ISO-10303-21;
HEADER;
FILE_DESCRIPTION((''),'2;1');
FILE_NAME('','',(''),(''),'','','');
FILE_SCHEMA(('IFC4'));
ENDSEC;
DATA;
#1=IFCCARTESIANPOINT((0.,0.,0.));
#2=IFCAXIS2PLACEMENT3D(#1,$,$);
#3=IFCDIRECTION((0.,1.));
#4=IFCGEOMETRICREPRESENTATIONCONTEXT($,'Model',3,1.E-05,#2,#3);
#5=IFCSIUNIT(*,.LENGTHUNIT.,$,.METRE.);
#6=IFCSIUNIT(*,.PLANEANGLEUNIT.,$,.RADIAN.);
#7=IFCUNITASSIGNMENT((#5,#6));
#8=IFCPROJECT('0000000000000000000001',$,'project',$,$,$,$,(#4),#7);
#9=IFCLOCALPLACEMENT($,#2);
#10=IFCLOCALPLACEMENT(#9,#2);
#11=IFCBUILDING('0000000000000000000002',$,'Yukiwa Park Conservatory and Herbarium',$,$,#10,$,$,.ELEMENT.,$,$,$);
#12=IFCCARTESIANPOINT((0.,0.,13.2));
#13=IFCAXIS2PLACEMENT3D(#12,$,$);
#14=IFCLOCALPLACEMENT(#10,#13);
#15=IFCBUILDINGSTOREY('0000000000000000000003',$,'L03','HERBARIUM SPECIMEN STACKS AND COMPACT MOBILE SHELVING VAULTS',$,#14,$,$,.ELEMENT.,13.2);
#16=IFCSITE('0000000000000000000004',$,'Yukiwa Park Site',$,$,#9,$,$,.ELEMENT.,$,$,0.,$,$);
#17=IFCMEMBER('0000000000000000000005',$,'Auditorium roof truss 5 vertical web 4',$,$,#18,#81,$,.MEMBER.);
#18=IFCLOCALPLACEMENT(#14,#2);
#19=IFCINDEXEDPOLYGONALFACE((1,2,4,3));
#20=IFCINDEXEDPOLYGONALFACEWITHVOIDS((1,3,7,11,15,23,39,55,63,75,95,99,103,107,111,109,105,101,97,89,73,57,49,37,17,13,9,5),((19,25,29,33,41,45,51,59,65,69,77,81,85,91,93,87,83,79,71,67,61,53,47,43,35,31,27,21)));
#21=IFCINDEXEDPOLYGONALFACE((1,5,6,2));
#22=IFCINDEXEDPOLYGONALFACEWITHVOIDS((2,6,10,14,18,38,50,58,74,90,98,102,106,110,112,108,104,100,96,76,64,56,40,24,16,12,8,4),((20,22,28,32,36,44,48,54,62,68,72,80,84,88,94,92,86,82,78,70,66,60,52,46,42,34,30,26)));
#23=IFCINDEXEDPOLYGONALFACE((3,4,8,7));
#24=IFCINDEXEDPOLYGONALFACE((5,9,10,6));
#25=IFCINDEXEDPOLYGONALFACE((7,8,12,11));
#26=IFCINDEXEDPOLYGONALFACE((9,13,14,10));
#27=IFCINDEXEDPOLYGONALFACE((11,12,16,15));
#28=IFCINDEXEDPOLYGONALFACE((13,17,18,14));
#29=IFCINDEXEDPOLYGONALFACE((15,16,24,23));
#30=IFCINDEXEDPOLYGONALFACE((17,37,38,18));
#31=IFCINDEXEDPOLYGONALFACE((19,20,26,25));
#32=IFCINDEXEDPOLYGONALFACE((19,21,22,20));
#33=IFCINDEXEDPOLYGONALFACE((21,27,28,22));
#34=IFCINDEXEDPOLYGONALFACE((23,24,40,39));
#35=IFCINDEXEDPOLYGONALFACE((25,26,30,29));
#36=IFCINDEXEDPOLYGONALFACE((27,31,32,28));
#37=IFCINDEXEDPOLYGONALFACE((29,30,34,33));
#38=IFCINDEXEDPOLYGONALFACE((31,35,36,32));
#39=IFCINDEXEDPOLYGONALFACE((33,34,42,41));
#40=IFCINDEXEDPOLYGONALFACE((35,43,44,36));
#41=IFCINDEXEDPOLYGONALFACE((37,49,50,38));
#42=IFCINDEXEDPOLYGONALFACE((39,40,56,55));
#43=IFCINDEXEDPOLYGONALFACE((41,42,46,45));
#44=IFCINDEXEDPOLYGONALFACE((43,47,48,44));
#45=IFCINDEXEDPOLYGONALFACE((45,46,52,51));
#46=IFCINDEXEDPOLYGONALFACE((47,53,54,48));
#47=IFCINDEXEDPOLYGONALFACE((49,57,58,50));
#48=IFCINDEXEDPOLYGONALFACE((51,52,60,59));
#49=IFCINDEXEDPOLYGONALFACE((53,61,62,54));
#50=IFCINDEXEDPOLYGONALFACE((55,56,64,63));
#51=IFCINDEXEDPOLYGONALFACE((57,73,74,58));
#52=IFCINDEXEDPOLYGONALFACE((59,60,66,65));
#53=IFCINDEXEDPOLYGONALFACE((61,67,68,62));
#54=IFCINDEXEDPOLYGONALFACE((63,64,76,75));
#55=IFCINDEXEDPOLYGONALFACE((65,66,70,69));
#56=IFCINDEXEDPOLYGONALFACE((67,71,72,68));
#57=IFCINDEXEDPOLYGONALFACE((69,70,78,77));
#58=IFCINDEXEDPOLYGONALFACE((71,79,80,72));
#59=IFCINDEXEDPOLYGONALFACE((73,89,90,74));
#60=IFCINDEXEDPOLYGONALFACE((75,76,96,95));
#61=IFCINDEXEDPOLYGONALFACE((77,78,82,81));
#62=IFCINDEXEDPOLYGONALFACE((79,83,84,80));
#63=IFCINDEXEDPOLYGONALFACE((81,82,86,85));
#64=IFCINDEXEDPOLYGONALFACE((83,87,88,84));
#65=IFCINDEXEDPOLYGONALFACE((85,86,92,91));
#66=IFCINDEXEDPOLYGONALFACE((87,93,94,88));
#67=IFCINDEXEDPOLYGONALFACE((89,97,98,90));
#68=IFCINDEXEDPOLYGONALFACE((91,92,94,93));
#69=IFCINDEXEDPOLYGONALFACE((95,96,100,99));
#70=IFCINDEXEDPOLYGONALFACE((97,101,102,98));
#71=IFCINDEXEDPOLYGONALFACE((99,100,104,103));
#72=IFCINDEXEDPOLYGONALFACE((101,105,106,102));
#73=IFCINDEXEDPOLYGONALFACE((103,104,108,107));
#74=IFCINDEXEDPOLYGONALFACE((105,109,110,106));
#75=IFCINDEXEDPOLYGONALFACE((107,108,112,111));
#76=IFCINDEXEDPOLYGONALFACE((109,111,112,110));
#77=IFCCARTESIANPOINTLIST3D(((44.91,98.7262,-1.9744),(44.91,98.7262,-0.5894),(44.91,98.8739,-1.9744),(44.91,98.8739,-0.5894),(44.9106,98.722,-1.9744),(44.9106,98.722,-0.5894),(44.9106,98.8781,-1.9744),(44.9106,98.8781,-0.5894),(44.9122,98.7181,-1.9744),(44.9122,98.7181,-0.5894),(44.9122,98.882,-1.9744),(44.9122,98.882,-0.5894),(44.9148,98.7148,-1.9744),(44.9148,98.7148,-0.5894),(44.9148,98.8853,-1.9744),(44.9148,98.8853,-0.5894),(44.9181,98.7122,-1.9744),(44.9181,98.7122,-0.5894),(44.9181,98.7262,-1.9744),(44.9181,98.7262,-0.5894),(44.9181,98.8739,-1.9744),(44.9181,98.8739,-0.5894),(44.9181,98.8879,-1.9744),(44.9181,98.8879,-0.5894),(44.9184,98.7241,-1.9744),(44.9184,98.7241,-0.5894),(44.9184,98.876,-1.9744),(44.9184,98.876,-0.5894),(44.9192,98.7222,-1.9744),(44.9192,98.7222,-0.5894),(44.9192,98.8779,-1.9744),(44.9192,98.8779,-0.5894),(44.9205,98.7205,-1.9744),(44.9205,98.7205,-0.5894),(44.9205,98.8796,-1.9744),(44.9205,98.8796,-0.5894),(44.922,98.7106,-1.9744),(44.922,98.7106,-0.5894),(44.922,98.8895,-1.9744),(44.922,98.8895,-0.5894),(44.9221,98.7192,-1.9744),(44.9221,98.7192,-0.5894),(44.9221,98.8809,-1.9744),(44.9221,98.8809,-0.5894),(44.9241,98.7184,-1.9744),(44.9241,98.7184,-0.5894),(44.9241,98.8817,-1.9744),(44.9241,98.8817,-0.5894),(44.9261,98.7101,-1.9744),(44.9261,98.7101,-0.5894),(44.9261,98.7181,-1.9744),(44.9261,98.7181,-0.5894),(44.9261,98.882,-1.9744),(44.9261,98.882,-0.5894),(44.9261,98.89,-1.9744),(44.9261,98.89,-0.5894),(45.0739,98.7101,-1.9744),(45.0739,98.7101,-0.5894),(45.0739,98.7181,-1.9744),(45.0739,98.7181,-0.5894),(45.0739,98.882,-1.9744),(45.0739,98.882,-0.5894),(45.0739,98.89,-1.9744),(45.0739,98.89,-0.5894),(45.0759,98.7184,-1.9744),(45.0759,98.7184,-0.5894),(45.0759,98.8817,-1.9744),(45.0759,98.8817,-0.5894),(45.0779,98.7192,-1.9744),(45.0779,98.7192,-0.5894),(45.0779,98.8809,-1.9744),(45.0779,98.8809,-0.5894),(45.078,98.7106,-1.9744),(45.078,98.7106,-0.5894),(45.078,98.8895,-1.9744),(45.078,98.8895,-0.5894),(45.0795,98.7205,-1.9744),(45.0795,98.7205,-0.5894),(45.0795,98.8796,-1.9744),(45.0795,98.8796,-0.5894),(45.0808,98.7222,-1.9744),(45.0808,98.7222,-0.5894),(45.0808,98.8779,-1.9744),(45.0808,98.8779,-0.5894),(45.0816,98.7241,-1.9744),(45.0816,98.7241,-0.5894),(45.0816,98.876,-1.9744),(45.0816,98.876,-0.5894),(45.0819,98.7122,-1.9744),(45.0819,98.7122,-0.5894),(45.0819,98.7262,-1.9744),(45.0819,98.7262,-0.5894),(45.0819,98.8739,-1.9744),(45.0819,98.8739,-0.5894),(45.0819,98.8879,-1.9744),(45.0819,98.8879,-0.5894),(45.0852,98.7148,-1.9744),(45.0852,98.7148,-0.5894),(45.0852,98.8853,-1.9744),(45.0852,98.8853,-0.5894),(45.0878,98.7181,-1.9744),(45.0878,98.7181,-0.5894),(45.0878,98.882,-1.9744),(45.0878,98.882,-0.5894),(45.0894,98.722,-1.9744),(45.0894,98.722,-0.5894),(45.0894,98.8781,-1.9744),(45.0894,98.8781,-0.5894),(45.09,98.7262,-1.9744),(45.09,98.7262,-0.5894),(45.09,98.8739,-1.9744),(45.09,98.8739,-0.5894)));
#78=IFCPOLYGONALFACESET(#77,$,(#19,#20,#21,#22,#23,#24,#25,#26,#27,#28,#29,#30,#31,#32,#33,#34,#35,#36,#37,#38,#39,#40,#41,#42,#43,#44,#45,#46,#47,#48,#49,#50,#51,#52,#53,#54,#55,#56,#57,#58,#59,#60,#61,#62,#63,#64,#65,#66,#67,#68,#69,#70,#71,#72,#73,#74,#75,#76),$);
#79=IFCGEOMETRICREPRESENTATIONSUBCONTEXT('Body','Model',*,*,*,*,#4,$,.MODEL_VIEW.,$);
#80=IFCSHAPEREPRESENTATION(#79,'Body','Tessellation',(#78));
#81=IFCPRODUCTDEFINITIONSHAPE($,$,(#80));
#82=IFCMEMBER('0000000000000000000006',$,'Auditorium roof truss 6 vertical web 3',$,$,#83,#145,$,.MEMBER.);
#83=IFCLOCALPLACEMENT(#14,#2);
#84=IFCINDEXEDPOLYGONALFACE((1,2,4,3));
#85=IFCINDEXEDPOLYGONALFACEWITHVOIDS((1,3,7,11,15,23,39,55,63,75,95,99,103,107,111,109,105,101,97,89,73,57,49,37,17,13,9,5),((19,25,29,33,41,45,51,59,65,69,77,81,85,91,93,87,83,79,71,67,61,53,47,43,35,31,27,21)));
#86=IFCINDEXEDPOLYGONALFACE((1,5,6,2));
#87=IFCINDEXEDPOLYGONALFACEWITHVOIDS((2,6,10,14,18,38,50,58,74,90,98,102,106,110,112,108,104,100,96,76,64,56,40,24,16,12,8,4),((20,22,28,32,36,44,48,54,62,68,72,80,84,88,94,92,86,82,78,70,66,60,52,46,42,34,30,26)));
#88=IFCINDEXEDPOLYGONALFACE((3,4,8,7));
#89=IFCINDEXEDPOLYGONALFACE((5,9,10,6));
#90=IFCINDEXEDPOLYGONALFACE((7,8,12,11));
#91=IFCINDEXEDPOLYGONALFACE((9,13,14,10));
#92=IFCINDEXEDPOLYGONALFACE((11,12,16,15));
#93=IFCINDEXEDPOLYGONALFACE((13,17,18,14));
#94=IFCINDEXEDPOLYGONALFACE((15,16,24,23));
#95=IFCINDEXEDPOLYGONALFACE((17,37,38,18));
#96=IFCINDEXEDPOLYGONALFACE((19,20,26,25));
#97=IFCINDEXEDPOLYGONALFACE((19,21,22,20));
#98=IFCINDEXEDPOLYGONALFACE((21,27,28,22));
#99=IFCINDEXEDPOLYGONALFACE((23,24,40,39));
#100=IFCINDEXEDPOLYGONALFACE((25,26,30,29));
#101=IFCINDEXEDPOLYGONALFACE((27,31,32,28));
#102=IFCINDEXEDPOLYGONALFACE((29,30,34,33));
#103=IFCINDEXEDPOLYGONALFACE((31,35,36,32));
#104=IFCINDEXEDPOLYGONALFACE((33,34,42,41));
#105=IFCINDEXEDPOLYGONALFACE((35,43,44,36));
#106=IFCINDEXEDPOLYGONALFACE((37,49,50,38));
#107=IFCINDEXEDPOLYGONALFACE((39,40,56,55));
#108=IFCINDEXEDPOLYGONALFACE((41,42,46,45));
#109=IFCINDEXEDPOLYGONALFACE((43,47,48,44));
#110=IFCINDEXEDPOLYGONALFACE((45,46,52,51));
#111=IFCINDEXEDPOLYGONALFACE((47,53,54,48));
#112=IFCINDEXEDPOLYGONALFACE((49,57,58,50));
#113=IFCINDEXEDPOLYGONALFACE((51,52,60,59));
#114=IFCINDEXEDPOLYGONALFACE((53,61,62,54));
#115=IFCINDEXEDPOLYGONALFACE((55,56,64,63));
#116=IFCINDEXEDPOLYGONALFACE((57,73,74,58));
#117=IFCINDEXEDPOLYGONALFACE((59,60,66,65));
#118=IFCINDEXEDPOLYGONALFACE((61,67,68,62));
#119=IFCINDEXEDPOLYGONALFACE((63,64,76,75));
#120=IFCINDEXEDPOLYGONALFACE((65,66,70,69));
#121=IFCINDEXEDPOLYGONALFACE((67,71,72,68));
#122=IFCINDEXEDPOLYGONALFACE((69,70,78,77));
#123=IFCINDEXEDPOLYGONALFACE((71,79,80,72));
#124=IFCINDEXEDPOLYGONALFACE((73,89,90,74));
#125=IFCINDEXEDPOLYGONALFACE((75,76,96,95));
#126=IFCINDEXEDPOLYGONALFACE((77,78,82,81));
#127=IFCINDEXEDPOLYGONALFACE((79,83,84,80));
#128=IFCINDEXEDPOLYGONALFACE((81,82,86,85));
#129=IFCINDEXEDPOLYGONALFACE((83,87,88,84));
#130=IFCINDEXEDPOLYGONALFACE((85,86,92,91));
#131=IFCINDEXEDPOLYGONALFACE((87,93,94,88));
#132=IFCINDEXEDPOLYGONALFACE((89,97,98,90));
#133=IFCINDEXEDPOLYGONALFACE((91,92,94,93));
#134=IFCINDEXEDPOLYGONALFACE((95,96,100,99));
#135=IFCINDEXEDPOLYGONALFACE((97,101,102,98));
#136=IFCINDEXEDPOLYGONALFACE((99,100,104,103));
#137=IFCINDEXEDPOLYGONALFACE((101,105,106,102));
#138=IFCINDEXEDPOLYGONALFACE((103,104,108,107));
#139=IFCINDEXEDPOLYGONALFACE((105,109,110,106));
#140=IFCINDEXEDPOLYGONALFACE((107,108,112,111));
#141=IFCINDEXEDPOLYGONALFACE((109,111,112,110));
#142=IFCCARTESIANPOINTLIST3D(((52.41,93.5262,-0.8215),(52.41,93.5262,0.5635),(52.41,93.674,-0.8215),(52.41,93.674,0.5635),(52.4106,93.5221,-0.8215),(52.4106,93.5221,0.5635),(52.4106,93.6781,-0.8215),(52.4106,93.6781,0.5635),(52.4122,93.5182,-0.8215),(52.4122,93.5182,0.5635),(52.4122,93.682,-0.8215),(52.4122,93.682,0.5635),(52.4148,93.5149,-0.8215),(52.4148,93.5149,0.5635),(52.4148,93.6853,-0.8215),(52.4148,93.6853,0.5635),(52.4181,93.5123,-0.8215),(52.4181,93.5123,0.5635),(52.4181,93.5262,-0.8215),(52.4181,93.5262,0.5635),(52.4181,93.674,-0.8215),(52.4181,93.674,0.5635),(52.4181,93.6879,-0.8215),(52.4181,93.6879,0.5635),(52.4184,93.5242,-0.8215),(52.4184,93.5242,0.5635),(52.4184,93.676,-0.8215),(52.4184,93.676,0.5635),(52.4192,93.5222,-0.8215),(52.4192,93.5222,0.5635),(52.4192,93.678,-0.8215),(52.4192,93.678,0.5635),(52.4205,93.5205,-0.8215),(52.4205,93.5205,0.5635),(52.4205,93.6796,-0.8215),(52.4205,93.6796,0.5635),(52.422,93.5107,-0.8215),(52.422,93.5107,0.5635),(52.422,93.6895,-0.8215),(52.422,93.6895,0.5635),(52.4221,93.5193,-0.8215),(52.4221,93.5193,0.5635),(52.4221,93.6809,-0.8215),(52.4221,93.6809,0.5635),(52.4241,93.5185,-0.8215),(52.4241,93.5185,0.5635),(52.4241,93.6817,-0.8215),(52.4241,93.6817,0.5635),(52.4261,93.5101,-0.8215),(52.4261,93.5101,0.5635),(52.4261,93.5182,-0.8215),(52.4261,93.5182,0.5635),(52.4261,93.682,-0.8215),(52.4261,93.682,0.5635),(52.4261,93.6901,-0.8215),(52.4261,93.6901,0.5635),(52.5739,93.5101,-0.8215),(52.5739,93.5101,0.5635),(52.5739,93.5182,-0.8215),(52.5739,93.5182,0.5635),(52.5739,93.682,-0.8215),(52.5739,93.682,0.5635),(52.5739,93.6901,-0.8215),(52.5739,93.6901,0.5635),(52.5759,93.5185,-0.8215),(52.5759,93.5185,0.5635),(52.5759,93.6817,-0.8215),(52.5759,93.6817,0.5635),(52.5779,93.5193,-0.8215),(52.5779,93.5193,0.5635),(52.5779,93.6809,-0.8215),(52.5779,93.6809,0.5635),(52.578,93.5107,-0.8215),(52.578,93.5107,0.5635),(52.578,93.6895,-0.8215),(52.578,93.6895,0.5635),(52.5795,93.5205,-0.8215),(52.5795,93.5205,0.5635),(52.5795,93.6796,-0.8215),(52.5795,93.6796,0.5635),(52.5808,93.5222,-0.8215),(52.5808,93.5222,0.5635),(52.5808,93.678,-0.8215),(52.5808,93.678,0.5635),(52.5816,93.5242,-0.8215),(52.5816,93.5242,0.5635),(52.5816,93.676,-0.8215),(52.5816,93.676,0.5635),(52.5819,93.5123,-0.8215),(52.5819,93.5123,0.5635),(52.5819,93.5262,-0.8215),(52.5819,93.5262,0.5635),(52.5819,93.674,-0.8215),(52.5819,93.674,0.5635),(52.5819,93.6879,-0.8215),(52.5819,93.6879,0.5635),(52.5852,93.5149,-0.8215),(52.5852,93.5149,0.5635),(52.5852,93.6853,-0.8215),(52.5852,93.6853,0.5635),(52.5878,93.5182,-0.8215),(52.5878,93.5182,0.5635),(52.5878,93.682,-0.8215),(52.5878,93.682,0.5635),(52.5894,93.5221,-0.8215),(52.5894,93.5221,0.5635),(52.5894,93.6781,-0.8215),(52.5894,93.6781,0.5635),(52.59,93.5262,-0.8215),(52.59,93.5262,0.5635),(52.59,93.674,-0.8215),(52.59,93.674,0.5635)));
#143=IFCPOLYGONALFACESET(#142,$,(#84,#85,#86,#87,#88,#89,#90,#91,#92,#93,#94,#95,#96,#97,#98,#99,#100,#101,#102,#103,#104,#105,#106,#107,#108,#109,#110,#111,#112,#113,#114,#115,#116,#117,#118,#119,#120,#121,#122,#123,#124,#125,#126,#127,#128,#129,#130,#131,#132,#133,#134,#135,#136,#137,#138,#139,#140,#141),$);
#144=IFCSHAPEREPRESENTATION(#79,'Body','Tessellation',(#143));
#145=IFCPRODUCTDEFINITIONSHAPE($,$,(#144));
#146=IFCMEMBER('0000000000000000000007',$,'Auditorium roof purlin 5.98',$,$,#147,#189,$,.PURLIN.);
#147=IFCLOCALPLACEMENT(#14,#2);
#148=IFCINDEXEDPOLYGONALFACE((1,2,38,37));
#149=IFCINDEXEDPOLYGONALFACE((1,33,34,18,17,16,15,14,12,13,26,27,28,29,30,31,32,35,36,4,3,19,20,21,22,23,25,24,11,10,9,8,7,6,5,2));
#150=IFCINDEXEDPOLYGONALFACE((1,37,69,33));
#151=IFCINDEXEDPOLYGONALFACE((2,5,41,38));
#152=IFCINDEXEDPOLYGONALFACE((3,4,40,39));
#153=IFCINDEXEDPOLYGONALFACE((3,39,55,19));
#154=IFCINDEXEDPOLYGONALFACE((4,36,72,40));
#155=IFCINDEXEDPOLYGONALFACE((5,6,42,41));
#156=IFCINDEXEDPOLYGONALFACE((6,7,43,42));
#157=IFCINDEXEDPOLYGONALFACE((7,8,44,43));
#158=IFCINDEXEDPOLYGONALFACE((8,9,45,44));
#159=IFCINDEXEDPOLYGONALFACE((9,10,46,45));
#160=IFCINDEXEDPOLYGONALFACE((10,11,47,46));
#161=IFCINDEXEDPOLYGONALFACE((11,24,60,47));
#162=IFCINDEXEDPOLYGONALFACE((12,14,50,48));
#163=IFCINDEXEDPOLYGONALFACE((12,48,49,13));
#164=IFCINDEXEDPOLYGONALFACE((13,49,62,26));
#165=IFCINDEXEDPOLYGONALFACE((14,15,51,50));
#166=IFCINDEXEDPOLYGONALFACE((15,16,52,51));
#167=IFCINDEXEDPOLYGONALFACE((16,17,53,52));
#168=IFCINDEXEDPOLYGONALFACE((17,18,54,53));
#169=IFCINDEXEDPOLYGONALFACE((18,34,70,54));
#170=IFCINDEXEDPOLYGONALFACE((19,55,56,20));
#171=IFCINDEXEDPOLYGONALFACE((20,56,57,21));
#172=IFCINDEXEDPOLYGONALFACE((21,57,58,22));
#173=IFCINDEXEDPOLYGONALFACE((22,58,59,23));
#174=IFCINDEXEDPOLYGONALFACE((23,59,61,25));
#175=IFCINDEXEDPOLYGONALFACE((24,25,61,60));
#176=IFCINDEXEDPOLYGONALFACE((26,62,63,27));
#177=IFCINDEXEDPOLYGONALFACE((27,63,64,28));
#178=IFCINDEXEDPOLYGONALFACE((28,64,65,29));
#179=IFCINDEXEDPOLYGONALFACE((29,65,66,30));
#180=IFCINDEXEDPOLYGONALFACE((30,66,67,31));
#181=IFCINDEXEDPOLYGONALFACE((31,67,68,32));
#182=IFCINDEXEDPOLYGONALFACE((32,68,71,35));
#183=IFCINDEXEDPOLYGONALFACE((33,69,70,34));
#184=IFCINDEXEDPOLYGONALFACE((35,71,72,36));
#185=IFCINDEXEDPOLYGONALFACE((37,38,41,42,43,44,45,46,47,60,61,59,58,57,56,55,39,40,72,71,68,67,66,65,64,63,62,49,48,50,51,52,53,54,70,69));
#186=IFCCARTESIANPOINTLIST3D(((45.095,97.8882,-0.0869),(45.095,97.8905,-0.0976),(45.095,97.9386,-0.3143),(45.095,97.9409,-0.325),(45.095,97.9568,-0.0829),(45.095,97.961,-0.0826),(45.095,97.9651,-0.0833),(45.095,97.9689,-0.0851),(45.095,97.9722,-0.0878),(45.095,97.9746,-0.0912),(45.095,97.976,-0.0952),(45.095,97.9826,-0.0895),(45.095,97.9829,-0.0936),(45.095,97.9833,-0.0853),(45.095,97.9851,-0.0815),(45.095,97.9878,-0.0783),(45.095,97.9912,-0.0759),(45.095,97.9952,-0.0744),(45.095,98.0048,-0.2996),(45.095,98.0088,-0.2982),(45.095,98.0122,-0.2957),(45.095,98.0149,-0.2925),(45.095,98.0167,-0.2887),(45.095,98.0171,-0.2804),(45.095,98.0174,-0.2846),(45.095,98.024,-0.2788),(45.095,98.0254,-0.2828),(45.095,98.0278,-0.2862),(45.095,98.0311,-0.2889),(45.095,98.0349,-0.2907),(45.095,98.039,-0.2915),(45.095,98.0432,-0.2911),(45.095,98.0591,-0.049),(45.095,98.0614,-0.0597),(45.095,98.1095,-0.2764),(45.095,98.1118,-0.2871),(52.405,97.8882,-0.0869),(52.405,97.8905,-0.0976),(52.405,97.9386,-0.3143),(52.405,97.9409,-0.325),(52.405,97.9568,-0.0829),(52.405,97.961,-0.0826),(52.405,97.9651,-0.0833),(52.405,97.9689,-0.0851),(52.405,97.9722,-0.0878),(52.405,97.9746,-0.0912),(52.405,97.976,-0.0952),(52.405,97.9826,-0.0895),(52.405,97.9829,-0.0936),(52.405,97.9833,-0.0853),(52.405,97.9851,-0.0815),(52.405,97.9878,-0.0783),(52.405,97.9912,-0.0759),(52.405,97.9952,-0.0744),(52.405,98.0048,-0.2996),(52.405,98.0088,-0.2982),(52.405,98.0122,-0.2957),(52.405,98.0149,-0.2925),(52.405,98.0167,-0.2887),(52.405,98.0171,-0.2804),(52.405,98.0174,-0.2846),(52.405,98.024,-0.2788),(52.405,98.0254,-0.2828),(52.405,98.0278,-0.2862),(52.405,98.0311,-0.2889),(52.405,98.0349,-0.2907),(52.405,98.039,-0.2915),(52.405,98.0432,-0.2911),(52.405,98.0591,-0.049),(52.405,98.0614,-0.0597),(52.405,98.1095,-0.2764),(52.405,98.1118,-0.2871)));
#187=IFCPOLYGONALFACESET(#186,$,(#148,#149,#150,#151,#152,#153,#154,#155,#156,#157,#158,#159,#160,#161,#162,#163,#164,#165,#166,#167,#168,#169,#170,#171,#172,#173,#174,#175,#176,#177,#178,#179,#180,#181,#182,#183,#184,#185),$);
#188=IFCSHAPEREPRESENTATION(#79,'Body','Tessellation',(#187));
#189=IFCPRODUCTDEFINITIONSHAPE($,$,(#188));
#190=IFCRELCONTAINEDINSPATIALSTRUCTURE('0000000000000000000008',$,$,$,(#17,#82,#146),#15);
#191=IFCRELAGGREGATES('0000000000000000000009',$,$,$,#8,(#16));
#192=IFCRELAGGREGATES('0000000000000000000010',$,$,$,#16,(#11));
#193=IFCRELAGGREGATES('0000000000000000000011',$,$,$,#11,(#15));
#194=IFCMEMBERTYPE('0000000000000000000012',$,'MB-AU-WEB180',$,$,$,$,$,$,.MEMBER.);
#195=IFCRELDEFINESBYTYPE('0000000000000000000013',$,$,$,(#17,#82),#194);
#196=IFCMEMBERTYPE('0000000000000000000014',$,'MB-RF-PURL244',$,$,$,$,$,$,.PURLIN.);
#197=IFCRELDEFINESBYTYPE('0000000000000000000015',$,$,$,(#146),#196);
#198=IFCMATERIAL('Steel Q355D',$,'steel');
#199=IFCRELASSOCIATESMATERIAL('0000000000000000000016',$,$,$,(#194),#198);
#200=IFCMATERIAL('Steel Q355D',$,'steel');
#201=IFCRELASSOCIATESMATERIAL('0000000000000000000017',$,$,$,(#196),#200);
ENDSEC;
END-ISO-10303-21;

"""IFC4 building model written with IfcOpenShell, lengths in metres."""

from ifc_helpers import new_model, si_unit, direction, frame, origin, origin_2d, place, context, subcontext, project, spatial, hollow_rectangle, i_section, extrude, material, material_profile, profile_set, type_object, element, save


model = new_model("IFC4")

# Units and contexts
model_context = context("Model", 3, precision=1e-05, world=origin(), true_north=direction((0.0, 1.0)))
body_context = subcontext(model_context, "Body", "Model", "MODEL_VIEW")
ifc_project = project(units=[si_unit("LENGTHUNIT", "METRE"), si_unit("PLANEANGLEUNIT", "RADIAN")], contexts=[model_context])

# Site, building, storey
site_placement = place(None, origin())
site = spatial("IfcSite", under=ifc_project, at=site_placement, Name="Yukiwa Park Site", CompositionType="ELEMENT", RefElevation=0.0)
building_placement = place(site_placement, origin())
building = spatial("IfcBuilding", under=site, at=building_placement, Name="Yukiwa Park Conservatory and Herbarium", CompositionType="ELEMENT")
storey_placement = place(building_placement, frame((0.0, 0.0, 13.2)))
storey = spatial("IfcBuildingStorey", under=building, at=storey_placement, Name="L03", Description="HERBARIUM SPECIMEN STACKS AND COMPACT MOBILE SHELVING VAULTS", CompositionType="ELEMENT", Elevation=13.2)

# Members
ifc_material_1 = material(Name="Steel Q355D", Category="steel")
ifc_material_profile_1 = material_profile(ifc_material_1, hollow_rectangle(XDim=0.1799, YDim=0.1799, WallThickness=0.0081, InnerFilletRadius=0.0081, OuterFilletRadius=0.0161, at=origin_2d()), Name="SHS 180x180x8")
ifc_profile_set_1 = profile_set([ifc_material_profile_1], Name="Steel Q355D")
member_type_1 = type_object("IfcMemberType", Name="MB-AU-WEB180", PredefinedType="MEMBER", material=ifc_profile_set_1)
for number, where, z_axis, x_axis, name in (
    (1, (45.0, 98.8, -1.9744), (0.0, 0.0, 1.0), (1.0, 0.0, 0.0), "Auditorium roof truss 5 vertical web 4"),
    (2, (52.5, 93.6001, -0.8215), (0.0, 0.0, 1.0), (1.0, 0.0, 0.0), "Auditorium roof truss 6 vertical web 3"),
):
    element("IfcMember", number, at=place(storey_placement, frame(where, z_axis=z_axis, x_axis=x_axis)), inside=storey, type_object=member_type_1, Name=name, PredefinedType="MEMBER", context=body_context, shape_type="SweptSolid", body=[
        extrude(hollow_rectangle(XDim=0.1799, YDim=0.1799, WallThickness=0.0081, InnerFilletRadius=0.0081, OuterFilletRadius=0.0161, at=origin_2d()), origin(), (0.0, 0.0, 1.0), 1.385),
    ])
ifc_material_2 = material(Name="Steel Q355D", Category="steel")
ifc_material_profile_2 = material_profile(ifc_material_2, i_section(OverallWidth=0.175, OverallDepth=0.2439, WebThickness=0.0071, FlangeThickness=0.011, FilletRadius=0.0161, at=origin_2d()), Name="HM 244x175x7x11")
ifc_profile_set_2 = profile_set([ifc_material_profile_2], Name="Steel Q355D")
member_type_2 = type_object("IfcMemberType", Name="MB-RF-PURL244", PredefinedType="PURLIN", material=ifc_profile_set_2)
member_1_placement = place(storey_placement, frame((45.095, 98.0, -0.187), z_axis=(1.0, 0.0, 0.0), x_axis=(0.0, 0.976296, 0.21644)))
element("IfcMember", 3, at=member_1_placement, inside=storey, type_object=member_type_2, Name="Auditorium roof purlin 5.98", PredefinedType="PURLIN", context=body_context, shape_type="SweptSolid", body=[
    extrude(i_section(OverallWidth=0.175, OverallDepth=0.2439, WebThickness=0.0071, FlangeThickness=0.011, FilletRadius=0.0161, at=origin_2d()), origin(), (0.0, 0.0, 1.0), 7.3101),
])

save(model, "model.ifc")
